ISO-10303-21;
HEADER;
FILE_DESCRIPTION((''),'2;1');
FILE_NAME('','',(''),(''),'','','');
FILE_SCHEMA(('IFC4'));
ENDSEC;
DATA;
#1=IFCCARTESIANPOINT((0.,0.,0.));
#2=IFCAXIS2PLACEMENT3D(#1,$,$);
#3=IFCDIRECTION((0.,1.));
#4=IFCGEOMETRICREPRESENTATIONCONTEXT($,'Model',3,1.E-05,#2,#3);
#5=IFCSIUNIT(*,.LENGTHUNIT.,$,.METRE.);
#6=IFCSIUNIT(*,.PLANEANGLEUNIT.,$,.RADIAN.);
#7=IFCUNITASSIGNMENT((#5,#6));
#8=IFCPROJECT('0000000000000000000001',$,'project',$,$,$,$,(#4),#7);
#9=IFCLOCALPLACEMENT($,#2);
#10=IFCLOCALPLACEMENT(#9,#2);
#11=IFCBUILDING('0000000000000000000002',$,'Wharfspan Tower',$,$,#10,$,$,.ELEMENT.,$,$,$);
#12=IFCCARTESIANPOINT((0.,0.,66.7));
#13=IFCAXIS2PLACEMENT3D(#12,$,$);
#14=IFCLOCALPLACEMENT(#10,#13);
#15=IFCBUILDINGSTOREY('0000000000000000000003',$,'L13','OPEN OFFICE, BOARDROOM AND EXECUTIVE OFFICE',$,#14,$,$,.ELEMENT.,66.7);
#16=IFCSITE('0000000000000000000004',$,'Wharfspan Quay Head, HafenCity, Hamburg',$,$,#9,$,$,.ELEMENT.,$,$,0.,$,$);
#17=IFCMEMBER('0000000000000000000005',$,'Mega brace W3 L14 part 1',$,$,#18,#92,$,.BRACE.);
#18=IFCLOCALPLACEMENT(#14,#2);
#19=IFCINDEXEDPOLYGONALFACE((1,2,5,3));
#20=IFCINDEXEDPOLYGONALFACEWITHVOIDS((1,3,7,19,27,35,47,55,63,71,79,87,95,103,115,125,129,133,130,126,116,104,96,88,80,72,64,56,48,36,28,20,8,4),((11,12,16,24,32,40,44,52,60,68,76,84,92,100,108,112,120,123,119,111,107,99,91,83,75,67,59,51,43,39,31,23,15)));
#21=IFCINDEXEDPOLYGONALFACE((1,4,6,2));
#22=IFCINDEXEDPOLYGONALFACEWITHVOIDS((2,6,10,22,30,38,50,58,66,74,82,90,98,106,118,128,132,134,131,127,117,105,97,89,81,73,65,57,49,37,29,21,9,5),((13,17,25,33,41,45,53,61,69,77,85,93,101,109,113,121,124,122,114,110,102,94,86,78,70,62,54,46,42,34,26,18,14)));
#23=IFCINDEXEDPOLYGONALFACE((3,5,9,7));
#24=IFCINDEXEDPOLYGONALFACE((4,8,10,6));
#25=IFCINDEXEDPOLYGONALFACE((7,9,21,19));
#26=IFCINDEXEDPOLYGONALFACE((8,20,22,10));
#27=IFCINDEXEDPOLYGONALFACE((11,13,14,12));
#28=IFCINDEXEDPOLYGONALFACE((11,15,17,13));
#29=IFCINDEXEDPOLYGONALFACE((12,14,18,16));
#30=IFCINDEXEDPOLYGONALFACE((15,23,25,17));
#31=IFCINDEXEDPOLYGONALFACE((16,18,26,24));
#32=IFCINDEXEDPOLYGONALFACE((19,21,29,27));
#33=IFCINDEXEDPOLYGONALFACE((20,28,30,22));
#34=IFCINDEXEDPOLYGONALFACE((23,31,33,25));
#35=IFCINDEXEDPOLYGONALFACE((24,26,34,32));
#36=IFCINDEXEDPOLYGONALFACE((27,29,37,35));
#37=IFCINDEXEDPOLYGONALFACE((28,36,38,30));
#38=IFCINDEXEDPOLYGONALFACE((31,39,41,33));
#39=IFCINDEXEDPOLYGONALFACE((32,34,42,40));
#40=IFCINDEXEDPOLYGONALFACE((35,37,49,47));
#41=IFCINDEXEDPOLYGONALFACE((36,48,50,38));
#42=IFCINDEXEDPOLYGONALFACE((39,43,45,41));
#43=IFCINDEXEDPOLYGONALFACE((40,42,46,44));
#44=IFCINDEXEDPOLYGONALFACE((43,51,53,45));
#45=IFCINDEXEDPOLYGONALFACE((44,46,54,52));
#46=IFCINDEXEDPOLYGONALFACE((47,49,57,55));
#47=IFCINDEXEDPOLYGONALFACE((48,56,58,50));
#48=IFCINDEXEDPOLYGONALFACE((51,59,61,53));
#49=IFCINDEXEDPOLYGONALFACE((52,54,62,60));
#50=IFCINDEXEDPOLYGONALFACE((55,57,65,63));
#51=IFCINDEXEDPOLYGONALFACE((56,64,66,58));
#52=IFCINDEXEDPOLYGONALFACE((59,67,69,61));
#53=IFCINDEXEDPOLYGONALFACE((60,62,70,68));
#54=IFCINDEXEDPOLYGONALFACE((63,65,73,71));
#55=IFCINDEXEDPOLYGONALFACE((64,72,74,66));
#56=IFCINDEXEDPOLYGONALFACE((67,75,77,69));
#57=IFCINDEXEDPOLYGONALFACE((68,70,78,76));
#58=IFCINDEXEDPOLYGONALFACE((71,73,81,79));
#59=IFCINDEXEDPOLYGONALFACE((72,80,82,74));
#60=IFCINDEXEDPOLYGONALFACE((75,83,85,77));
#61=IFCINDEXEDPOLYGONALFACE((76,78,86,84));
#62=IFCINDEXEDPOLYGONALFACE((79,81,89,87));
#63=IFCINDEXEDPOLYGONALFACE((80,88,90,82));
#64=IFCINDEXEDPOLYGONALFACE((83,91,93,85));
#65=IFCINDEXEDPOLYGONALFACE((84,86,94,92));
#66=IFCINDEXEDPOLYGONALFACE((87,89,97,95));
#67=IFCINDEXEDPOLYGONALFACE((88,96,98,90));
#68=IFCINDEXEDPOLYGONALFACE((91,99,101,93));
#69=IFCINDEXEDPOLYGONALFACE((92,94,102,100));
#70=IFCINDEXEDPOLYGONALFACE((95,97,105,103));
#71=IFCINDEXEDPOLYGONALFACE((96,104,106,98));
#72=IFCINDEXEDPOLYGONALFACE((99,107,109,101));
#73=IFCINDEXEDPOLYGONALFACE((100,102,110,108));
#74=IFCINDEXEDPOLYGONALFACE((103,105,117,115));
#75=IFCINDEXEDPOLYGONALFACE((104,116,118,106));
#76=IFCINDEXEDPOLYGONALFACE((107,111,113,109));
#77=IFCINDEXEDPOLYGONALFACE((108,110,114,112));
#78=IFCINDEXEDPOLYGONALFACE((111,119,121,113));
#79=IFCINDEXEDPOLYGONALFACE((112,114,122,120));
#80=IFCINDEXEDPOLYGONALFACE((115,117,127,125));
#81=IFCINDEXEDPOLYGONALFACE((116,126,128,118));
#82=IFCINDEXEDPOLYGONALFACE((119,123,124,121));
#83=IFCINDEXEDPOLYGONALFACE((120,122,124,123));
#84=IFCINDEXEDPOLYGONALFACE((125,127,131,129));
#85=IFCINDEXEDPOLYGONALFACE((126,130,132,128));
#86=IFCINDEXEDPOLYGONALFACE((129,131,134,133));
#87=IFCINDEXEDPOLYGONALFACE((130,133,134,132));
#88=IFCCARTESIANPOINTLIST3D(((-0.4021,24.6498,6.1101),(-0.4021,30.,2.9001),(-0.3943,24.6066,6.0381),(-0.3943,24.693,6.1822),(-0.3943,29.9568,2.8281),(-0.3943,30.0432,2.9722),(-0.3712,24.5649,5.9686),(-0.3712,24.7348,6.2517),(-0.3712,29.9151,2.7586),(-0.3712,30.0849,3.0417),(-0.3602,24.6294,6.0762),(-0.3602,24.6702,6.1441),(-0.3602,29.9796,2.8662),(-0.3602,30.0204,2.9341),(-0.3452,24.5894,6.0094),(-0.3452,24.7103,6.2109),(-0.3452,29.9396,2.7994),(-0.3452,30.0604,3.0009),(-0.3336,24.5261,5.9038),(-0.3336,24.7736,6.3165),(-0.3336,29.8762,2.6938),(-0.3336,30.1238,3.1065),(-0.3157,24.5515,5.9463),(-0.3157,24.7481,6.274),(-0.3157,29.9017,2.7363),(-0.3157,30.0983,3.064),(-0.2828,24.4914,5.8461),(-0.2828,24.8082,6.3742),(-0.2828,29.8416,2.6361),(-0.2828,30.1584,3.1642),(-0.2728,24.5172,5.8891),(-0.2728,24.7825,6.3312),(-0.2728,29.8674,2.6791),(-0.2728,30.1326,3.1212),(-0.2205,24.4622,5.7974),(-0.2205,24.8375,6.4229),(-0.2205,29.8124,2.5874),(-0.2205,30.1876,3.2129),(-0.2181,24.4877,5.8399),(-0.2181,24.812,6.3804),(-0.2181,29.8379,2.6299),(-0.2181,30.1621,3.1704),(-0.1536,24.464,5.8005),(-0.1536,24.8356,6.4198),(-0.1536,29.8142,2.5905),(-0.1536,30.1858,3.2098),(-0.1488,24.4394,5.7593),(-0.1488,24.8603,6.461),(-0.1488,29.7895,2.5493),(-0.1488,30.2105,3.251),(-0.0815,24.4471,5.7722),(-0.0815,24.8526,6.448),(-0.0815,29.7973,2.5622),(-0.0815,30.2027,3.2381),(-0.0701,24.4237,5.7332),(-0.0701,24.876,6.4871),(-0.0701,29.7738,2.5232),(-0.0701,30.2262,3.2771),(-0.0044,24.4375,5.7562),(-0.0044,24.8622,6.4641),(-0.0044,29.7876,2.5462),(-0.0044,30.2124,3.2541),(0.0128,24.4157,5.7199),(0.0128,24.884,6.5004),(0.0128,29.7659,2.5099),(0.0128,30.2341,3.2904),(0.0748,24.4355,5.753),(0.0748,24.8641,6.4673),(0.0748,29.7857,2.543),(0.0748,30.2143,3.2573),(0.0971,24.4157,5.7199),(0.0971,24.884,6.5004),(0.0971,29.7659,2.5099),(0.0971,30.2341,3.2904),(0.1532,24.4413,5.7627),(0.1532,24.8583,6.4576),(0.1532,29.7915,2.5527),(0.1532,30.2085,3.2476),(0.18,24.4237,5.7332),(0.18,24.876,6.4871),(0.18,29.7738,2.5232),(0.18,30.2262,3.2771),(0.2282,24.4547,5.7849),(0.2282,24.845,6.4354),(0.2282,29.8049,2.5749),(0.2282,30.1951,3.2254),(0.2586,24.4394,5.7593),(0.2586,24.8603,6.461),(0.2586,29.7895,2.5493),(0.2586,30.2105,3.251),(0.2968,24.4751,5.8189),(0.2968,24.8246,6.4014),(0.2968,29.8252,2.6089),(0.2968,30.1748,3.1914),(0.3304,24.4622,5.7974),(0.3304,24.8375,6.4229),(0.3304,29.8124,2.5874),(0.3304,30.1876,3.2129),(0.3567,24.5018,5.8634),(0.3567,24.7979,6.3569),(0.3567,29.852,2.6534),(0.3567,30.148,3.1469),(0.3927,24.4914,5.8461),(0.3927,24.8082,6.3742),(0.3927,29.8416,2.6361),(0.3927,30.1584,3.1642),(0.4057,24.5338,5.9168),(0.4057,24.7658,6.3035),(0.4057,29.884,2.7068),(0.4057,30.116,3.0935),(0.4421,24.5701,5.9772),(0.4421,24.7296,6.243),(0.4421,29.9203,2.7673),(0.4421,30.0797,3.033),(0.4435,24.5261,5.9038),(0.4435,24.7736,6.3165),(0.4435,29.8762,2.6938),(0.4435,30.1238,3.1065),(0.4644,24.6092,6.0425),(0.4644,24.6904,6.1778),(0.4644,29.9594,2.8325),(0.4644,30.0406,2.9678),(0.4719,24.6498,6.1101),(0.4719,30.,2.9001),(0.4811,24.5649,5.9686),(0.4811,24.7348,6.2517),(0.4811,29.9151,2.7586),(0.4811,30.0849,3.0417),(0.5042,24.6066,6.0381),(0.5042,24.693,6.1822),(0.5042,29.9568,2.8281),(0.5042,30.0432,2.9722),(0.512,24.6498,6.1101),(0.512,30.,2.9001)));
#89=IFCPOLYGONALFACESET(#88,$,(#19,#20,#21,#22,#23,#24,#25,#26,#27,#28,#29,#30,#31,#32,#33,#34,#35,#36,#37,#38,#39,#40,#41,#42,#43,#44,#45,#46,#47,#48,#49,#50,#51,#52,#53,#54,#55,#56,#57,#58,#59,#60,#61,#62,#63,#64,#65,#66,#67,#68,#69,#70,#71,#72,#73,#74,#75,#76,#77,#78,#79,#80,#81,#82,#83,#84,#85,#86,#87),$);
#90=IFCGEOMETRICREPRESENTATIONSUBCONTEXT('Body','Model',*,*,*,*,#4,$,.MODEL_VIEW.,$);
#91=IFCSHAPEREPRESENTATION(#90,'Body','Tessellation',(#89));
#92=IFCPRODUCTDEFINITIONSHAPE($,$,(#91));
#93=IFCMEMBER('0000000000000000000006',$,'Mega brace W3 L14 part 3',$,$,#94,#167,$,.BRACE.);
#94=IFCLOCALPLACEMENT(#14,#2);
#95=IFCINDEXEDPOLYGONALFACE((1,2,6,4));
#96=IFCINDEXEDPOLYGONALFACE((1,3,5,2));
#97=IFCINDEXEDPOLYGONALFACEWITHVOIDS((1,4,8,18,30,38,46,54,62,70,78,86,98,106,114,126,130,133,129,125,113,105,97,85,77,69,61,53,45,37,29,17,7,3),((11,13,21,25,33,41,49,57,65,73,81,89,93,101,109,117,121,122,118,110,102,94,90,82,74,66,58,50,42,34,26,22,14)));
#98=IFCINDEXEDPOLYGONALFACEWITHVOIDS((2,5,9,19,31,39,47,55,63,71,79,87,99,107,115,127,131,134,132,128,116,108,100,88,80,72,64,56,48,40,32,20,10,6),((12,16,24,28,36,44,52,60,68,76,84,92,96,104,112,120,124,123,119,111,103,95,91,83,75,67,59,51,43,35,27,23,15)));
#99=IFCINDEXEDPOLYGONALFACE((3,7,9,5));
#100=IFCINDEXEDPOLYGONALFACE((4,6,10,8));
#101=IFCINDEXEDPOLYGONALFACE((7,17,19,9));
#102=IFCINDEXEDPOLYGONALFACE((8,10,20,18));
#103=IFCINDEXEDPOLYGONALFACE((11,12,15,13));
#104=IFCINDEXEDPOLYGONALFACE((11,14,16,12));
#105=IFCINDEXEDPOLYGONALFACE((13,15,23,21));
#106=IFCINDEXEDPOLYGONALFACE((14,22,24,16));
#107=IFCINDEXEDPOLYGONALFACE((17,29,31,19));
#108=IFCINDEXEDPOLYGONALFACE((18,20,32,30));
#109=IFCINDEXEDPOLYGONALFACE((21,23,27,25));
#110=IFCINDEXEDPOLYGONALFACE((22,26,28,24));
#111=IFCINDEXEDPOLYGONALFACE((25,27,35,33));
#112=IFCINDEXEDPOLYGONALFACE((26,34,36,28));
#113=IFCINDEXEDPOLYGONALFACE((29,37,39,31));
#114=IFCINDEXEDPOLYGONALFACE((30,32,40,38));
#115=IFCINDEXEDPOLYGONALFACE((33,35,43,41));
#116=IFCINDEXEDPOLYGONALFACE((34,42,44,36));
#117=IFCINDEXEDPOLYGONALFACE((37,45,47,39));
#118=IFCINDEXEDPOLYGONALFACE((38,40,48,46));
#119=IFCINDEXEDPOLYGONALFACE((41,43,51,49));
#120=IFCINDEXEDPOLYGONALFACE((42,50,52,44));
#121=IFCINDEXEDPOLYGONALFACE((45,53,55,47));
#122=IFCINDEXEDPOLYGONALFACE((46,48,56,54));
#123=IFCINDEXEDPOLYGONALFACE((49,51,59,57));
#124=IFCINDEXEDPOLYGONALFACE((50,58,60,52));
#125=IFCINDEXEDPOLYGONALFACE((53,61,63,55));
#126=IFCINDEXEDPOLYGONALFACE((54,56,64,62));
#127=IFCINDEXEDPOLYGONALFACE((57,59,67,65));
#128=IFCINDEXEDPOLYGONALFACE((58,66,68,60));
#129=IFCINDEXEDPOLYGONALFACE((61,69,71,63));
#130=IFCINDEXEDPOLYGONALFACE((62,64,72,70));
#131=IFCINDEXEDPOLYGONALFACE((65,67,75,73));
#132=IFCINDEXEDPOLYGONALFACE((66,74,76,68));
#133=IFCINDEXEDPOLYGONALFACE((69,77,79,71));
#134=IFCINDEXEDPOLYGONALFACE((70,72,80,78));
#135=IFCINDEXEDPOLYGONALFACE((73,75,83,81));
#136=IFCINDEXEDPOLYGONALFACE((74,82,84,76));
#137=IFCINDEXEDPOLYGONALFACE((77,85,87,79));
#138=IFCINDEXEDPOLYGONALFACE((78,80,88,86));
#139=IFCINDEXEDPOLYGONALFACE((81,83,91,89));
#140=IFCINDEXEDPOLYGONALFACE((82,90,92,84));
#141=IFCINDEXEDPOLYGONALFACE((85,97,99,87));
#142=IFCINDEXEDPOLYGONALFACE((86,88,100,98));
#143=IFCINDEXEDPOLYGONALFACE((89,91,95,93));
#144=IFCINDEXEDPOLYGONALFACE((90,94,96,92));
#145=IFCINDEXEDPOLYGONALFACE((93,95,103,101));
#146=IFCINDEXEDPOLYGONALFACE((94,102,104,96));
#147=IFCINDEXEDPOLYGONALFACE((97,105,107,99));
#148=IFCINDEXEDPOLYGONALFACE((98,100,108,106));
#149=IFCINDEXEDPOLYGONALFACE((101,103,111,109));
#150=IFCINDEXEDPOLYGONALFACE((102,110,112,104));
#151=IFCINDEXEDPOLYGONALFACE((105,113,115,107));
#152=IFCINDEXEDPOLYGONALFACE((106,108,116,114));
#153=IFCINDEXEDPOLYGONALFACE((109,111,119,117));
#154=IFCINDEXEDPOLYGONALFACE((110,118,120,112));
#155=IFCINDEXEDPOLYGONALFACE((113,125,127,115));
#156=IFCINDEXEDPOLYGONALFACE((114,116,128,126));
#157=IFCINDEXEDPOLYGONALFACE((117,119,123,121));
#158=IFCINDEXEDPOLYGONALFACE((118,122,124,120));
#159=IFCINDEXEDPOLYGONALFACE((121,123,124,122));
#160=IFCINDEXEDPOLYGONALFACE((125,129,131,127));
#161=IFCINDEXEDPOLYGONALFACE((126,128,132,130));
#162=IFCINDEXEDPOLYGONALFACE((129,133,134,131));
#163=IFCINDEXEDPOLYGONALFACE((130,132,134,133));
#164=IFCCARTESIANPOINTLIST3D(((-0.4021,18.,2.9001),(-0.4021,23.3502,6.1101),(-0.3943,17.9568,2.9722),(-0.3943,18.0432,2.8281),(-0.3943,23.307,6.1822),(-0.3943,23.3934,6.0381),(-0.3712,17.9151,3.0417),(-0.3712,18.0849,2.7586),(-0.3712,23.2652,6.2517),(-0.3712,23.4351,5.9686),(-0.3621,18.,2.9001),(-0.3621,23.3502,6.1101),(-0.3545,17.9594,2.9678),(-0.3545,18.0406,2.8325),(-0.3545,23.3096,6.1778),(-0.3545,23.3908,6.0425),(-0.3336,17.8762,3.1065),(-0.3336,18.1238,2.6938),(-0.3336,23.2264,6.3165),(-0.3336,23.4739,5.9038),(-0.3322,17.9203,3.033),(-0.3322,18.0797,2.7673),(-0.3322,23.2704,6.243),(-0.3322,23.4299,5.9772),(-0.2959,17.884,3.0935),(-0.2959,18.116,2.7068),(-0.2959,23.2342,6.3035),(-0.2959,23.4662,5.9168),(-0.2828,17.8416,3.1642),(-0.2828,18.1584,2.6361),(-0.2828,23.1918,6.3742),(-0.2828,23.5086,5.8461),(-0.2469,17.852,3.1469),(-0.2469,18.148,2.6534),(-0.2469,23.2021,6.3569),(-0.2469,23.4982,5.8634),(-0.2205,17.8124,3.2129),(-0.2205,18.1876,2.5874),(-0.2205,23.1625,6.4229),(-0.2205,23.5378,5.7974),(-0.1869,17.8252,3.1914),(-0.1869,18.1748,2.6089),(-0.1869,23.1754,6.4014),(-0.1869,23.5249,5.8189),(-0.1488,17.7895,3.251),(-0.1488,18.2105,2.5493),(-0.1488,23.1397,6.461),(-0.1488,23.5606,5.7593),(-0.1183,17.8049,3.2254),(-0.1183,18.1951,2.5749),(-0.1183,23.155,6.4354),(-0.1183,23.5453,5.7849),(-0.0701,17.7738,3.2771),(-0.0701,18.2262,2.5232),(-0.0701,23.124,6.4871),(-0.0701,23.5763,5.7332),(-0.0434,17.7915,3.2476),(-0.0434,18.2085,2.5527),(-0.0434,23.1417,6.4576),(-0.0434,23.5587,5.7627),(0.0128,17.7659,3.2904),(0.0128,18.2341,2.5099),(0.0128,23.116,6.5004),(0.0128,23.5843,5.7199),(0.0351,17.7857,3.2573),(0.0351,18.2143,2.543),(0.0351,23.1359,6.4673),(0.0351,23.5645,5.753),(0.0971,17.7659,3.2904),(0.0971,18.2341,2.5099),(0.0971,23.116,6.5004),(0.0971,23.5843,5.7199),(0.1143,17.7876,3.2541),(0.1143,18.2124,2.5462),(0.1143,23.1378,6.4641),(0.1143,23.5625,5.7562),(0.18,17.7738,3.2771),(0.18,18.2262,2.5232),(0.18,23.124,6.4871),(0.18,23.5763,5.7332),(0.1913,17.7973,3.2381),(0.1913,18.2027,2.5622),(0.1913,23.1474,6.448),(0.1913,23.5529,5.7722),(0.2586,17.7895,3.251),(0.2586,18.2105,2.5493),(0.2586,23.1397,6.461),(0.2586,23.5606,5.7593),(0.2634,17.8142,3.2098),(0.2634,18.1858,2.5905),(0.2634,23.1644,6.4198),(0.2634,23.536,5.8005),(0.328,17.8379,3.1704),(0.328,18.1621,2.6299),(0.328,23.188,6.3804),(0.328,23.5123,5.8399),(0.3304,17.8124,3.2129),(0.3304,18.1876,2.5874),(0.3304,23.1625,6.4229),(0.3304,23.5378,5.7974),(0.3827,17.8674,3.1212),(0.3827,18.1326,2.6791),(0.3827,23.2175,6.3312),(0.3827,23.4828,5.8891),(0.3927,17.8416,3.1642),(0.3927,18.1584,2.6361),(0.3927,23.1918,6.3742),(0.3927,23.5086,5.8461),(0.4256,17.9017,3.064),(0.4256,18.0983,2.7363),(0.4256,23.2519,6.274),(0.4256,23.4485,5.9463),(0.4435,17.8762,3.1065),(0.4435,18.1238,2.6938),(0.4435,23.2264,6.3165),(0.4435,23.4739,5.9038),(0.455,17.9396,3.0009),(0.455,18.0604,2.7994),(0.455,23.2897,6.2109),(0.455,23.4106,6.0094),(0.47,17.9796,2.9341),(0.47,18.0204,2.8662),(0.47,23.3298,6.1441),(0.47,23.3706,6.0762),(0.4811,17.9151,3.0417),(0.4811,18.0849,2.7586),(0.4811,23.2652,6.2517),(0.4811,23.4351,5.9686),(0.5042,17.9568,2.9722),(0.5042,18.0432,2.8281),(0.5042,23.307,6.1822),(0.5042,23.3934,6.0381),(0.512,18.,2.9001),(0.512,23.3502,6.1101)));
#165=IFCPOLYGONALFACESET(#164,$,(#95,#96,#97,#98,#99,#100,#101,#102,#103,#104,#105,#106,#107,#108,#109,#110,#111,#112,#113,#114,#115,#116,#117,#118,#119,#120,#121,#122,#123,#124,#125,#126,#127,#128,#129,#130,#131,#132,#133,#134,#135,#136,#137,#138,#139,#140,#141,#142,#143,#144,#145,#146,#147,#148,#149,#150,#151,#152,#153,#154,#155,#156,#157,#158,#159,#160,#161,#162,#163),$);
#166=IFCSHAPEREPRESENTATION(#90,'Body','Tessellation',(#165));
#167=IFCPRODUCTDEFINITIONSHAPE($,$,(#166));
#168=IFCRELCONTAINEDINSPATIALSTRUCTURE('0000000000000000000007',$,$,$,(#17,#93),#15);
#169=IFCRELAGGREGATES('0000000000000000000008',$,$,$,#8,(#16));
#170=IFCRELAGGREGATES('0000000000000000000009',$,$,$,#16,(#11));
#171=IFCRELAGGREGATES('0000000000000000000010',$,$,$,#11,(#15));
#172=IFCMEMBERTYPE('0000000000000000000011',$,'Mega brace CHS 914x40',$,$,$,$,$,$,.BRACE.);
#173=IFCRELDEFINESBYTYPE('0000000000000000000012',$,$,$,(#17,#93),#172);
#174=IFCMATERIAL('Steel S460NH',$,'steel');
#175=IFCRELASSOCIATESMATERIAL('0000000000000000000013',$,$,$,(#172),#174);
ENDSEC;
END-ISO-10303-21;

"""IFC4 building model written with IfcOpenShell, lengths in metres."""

from ifc_helpers import new_model, si_unit, direction, frame, origin, origin_2d, place, context, subcontext, project, spatial, hollow_circle, extrude, material, material_profile, profile_set, type_object, element, save


model = new_model("IFC4")

# Units and contexts
model_context = context("Model", 3, precision=1e-05, world=origin(), true_north=direction((0.0, 1.0)))
body_context = subcontext(model_context, "Body", "Model", "MODEL_VIEW")
ifc_project = project(units=[si_unit("LENGTHUNIT", "METRE"), si_unit("PLANEANGLEUNIT", "RADIAN")], contexts=[model_context])

# Site, building, storey
site_placement = place(None, origin())
site = spatial("IfcSite", under=ifc_project, at=site_placement, Name="Wharfspan Quay Head, HafenCity, Hamburg", CompositionType="ELEMENT", RefElevation=0.0)
building_placement = place(site_placement, origin())
building = spatial("IfcBuilding", under=site, at=building_placement, Name="Wharfspan Tower", CompositionType="ELEMENT")
storey_placement = place(building_placement, frame((0.0, 0.0, 66.7)))
storey = spatial("IfcBuildingStorey", under=building, at=storey_placement, Name="L13", Description="OPEN OFFICE, BOARDROOM AND EXECUTIVE OFFICE", CompositionType="ELEMENT", Elevation=66.7)

# Members
ifc_material_1 = material(Name="Steel S460NH", Category="steel")
ifc_material_profile_1 = material_profile(ifc_material_1, hollow_circle(Radius=0.457, WallThickness=0.04, at=origin_2d()))
ifc_profile_set_1 = profile_set([ifc_material_profile_1], Name="Steel S460NH")
member_type_1 = type_object("IfcMemberType", Name="Mega brace CHS 914x40", PredefinedType="BRACE", material=ifc_profile_set_1)
for number, where, z_axis, x_axis, name in (
    (1, (0.0549, 30.0, 2.9001), (0.0, -0.8575, 0.514484), (1.0, 0.0, 0.0), "Mega brace W3 L14 part 1"),
    (2, (0.0549, 18.0, 2.9001), (0.0, 0.8575, 0.514484), (-1.0, 0.0, 0.0), "Mega brace W3 L14 part 3"),
):
    element("IfcMember", number, at=place(storey_placement, frame(where, z_axis=z_axis, x_axis=x_axis)), inside=storey, type_object=member_type_1, Name=name, PredefinedType="BRACE", context=body_context, shape_type="SweptSolid", body=[
        extrude(hollow_circle(Radius=0.457, WallThickness=0.04, at=origin_2d()), origin(), (0.0, 0.0, 1.0), 6.2393),
    ])

save(model, "model.ifc")
